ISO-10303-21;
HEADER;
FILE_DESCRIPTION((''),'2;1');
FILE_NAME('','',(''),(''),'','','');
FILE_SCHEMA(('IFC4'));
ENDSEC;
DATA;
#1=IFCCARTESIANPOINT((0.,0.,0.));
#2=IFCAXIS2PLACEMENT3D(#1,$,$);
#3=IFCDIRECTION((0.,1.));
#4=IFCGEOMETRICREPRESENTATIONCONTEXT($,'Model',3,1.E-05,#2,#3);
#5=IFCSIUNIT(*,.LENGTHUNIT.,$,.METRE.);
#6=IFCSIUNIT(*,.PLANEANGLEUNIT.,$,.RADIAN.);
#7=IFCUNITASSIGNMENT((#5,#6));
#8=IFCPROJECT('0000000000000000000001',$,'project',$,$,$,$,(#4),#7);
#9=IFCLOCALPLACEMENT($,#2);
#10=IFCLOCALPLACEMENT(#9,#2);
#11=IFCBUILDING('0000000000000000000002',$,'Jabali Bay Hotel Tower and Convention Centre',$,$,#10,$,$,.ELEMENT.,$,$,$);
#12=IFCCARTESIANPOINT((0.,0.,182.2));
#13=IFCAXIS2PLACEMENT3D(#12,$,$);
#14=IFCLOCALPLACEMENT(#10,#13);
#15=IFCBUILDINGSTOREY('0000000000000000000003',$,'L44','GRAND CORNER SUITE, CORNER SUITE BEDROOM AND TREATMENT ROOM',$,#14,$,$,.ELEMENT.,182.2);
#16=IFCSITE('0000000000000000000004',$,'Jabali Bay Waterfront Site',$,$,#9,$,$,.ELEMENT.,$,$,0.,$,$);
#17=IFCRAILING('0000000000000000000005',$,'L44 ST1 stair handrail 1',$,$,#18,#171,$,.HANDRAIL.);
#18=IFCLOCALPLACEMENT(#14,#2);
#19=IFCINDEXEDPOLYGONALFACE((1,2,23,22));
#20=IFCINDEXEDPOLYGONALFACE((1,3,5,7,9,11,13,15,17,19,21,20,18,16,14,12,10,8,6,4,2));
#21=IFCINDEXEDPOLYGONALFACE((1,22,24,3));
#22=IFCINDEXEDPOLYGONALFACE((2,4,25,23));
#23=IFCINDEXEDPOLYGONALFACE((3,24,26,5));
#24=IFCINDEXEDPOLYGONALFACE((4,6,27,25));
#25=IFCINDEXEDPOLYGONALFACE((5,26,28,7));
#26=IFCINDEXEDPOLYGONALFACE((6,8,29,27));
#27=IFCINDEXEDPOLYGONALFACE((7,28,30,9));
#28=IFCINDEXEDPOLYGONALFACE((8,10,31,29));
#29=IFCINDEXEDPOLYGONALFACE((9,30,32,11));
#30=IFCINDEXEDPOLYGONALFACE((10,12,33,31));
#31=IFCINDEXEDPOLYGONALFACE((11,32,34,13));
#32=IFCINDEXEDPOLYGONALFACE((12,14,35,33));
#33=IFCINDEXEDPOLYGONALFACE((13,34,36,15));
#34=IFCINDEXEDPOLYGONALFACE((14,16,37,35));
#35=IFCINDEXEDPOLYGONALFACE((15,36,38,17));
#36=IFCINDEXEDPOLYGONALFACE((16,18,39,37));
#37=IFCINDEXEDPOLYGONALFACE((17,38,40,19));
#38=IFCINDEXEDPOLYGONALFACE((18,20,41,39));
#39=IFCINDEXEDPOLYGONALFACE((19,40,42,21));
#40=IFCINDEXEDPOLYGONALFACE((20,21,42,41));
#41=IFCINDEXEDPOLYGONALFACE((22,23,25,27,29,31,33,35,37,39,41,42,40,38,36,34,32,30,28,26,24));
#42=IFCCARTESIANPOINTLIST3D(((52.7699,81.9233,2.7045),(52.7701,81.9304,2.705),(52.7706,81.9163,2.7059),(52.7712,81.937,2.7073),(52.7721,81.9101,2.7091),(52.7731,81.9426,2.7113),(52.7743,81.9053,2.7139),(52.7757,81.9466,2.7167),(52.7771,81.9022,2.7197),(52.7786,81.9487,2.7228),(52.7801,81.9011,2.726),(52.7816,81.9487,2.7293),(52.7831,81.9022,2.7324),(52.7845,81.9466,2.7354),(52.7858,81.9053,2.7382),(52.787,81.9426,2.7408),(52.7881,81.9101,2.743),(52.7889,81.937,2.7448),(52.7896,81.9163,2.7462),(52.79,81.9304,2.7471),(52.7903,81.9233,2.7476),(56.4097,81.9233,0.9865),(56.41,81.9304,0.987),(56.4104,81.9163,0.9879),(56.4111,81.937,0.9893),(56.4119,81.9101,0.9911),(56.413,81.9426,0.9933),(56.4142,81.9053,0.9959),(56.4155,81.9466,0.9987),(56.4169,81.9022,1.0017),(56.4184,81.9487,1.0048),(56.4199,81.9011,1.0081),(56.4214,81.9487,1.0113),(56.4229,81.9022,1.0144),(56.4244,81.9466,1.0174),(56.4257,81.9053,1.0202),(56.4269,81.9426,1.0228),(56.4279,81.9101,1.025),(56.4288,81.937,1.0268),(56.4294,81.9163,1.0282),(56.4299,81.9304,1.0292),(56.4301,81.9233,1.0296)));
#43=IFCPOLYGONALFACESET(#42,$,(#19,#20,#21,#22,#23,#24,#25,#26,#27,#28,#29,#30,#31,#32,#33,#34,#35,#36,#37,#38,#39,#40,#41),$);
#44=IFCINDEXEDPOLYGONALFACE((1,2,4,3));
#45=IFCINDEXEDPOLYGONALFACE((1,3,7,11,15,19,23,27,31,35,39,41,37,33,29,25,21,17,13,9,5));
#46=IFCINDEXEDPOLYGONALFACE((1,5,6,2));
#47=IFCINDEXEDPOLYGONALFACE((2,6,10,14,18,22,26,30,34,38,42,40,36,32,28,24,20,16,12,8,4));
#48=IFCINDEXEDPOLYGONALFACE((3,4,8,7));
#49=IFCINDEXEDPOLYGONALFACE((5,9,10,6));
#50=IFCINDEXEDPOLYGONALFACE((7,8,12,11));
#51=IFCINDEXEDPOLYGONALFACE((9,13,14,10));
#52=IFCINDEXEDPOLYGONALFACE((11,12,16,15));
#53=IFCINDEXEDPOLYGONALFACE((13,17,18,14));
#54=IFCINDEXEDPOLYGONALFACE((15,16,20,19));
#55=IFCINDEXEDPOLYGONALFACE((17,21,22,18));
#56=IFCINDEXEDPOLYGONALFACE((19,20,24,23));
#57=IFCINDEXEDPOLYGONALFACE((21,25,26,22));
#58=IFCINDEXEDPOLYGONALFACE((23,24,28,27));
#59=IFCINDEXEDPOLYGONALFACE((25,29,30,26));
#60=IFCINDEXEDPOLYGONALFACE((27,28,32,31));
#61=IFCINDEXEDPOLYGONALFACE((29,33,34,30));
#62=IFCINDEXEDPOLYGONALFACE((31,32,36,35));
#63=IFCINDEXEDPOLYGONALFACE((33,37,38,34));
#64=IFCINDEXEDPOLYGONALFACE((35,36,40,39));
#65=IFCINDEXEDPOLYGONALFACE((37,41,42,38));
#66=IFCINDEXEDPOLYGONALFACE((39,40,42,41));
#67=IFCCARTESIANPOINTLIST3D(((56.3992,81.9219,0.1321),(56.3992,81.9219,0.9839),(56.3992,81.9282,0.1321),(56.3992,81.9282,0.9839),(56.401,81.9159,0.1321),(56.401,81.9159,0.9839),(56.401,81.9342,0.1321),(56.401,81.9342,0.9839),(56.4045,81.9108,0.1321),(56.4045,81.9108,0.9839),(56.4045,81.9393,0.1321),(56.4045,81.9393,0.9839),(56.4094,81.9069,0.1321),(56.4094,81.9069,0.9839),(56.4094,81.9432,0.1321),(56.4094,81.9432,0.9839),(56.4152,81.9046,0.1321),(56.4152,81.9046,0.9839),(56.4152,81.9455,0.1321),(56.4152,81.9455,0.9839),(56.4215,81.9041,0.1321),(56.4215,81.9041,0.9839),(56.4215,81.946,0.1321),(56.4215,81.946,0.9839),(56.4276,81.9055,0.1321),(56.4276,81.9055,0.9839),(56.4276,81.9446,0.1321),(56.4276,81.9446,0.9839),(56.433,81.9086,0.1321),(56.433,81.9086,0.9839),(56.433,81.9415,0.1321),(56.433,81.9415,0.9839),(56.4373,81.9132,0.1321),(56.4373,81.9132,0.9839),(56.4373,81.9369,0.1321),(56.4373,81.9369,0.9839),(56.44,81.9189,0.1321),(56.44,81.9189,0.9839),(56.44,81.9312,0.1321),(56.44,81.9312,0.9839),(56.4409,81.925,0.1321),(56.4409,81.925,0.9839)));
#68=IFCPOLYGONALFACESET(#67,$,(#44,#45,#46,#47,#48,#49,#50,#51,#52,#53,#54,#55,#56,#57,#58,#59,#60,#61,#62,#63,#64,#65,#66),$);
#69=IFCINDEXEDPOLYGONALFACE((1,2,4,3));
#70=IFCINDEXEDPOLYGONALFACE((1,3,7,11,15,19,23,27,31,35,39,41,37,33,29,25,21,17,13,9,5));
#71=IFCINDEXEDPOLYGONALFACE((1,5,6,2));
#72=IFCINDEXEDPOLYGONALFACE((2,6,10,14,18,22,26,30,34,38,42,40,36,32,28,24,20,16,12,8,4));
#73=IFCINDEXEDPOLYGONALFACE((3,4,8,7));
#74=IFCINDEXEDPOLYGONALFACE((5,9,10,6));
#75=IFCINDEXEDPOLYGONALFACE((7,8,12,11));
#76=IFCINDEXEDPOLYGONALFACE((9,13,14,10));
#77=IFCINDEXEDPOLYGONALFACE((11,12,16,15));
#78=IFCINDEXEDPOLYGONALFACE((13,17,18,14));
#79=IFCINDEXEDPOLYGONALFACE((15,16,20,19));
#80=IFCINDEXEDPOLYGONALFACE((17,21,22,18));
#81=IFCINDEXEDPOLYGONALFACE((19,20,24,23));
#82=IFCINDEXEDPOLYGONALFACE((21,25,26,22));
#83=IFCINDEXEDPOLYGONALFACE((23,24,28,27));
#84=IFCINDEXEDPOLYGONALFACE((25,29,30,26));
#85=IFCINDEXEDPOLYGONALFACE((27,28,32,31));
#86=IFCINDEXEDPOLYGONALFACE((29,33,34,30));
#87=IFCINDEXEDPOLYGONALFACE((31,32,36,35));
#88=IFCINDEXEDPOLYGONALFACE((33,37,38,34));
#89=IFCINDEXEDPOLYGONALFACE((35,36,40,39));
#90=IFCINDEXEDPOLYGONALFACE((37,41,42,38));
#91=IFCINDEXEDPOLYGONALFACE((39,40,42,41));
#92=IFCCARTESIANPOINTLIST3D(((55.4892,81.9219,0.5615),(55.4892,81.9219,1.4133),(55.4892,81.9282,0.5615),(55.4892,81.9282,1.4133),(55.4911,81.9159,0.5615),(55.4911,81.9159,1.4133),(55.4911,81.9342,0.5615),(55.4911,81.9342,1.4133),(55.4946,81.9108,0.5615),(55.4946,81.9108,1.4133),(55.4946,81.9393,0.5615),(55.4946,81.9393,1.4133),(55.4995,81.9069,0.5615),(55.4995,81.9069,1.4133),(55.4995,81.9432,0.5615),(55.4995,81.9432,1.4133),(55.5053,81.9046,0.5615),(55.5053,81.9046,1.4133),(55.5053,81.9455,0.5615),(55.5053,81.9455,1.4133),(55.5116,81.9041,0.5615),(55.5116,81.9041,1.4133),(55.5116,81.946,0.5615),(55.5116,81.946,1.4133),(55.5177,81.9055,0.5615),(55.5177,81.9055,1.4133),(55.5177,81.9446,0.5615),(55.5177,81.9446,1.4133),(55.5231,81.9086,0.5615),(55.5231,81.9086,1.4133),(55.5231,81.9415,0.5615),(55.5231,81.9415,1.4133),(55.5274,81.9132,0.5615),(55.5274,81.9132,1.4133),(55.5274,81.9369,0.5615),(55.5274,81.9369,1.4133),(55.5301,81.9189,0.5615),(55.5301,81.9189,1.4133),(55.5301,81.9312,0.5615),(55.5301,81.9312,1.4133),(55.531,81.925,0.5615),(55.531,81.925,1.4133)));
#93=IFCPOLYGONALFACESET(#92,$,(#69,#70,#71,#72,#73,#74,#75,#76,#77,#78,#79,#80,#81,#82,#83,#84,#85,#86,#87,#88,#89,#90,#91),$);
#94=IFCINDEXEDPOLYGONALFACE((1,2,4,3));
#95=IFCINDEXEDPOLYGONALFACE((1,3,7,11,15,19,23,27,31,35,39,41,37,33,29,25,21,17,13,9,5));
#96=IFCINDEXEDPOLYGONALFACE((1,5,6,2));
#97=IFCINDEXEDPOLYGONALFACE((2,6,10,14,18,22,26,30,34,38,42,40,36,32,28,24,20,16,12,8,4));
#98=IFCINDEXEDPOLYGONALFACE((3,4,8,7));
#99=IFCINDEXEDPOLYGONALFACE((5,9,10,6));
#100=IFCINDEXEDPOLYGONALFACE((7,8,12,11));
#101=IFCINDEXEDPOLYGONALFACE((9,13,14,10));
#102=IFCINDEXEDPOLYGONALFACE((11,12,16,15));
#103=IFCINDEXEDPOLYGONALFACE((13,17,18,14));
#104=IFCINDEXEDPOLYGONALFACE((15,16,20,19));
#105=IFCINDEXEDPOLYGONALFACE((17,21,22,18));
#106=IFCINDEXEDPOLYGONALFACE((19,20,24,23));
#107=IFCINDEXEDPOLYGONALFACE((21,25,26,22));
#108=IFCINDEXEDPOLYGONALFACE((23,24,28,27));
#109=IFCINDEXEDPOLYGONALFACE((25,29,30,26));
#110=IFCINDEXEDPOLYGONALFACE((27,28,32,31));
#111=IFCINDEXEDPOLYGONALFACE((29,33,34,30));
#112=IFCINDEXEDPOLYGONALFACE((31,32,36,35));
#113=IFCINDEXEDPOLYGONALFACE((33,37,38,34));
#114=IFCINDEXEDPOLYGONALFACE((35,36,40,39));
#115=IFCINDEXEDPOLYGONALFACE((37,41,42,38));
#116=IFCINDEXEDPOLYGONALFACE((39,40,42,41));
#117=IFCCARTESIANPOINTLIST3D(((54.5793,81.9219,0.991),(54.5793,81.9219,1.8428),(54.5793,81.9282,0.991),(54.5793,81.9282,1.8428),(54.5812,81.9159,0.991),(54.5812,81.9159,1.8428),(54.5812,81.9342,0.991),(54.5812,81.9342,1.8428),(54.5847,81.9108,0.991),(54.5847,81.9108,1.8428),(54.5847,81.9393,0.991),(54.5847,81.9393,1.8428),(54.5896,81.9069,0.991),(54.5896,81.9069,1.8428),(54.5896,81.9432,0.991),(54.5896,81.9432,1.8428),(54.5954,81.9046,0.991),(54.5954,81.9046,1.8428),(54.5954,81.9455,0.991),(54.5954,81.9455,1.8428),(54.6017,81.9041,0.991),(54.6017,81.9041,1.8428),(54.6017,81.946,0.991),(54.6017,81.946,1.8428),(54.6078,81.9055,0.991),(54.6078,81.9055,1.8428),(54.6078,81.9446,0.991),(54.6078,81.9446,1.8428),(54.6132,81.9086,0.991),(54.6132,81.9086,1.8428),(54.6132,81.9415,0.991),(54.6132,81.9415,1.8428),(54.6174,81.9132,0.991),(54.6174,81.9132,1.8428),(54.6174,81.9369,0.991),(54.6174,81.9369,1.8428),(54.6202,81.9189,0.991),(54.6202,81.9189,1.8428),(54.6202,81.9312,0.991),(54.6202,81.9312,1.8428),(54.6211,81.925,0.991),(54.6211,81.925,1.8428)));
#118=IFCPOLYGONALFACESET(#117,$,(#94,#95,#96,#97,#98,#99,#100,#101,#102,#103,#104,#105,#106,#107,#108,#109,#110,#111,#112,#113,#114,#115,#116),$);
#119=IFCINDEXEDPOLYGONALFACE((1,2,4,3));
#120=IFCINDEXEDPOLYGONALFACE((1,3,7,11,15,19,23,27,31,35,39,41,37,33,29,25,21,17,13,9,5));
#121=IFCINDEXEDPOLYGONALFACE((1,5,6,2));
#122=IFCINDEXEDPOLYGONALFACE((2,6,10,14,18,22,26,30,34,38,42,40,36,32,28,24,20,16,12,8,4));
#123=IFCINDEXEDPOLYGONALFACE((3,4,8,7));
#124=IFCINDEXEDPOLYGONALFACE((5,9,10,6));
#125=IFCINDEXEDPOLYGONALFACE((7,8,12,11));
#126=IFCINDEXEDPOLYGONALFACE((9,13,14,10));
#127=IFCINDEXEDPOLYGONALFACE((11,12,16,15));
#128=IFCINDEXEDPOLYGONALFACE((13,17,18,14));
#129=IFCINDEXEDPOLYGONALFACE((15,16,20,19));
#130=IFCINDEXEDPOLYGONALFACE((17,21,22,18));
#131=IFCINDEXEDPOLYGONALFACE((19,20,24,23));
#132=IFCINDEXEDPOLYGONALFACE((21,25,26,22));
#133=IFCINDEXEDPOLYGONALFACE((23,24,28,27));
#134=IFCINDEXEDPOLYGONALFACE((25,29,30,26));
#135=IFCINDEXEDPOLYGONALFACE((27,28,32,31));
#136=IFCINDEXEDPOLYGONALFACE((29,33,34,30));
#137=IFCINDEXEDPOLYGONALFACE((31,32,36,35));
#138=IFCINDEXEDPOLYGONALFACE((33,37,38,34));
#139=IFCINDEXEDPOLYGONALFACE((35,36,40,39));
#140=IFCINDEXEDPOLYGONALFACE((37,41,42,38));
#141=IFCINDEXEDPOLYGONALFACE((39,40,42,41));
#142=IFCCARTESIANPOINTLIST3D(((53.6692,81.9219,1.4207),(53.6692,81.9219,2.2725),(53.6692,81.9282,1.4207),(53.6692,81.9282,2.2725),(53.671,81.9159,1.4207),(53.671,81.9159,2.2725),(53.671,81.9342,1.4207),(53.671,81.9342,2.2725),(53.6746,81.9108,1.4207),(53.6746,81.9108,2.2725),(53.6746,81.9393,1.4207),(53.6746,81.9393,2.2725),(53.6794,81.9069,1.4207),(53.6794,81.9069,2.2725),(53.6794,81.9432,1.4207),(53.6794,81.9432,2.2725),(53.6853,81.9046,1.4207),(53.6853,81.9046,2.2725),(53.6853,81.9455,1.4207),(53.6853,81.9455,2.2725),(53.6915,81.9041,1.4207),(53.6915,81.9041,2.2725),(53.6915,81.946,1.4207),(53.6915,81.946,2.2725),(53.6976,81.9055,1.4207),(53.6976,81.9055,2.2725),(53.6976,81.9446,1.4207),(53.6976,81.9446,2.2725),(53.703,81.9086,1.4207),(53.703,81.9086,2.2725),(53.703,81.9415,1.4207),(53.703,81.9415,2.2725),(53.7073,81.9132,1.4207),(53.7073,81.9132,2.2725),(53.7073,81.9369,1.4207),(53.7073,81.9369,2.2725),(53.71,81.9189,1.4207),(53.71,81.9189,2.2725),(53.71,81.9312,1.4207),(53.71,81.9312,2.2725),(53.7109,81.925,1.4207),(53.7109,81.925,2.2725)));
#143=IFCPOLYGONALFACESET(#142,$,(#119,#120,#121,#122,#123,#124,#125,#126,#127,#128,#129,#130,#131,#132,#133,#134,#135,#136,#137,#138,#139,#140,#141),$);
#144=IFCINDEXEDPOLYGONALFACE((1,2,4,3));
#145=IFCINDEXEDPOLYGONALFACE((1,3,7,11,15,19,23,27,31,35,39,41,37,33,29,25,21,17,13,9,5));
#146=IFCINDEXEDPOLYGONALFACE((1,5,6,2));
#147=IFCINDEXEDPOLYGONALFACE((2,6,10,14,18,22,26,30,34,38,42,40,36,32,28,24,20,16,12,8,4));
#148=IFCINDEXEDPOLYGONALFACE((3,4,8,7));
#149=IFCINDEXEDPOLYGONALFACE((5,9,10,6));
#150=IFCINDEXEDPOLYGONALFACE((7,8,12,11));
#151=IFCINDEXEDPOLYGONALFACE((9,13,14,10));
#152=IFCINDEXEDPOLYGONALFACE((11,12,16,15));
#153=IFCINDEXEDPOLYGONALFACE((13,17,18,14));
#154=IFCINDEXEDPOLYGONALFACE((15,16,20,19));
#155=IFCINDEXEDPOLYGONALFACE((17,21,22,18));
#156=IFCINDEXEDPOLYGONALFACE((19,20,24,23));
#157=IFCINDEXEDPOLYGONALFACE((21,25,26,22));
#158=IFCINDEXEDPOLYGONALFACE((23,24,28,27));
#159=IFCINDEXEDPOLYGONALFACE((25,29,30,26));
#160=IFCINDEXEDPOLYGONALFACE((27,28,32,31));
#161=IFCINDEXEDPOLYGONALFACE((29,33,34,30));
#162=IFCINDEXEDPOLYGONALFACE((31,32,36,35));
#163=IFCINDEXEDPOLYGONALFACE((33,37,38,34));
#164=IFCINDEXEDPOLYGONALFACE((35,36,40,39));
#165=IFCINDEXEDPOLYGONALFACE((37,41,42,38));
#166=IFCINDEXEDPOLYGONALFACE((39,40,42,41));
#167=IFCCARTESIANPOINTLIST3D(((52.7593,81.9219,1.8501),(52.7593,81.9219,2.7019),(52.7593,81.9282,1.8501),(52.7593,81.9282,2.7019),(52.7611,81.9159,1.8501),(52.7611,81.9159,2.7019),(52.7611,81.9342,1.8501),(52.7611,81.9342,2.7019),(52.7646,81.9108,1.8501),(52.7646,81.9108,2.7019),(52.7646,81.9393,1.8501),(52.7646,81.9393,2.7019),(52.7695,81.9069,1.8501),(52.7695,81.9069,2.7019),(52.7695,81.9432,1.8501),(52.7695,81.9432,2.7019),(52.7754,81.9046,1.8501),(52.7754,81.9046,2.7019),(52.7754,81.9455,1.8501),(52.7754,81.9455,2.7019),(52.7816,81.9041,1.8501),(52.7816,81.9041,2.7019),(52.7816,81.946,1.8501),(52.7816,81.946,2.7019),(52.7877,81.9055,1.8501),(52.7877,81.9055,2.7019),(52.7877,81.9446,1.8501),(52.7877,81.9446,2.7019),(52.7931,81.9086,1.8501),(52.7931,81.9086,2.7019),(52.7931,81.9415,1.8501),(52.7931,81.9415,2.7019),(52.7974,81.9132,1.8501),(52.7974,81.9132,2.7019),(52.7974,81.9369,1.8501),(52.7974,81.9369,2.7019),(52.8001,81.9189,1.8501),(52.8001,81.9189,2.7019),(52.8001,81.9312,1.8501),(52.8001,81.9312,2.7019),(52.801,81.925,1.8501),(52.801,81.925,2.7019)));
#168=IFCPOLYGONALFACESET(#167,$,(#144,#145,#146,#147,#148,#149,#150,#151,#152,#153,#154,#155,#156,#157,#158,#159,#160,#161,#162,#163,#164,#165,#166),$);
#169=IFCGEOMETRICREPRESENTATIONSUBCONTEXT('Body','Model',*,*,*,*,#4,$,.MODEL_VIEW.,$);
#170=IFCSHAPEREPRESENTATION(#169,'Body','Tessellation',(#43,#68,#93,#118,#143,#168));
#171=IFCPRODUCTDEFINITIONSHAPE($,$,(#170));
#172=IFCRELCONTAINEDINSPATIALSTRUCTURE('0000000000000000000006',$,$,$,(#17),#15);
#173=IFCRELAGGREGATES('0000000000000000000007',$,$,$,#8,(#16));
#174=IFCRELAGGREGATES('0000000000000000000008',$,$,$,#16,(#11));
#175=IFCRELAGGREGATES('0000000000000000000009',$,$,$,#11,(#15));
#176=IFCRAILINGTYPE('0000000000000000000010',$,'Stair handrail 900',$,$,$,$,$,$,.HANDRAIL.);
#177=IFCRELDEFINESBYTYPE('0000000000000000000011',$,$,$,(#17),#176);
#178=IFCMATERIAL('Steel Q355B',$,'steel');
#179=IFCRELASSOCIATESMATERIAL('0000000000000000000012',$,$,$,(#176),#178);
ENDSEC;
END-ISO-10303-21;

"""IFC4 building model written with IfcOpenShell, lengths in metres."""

from ifc_helpers import new_model, si_unit, direction, frame, origin, origin_2d, place, context, subcontext, project, spatial, circle, extrude, material, type_object, element, save


model = new_model("IFC4")

# Units and contexts
model_context = context("Model", 3, precision=1e-05, world=origin(), true_north=direction((0.0, 1.0)))
body_context = subcontext(model_context, "Body", "Model", "MODEL_VIEW")
ifc_project = project(units=[si_unit("LENGTHUNIT", "METRE"), si_unit("PLANEANGLEUNIT", "RADIAN")], contexts=[model_context])

# Site, building, storey
site_placement = place(None, origin())
site = spatial("IfcSite", under=ifc_project, at=site_placement, Name="Jabali Bay Waterfront Site", CompositionType="ELEMENT", RefElevation=0.0)
building_placement = place(site_placement, origin())
building = spatial("IfcBuilding", under=site, at=building_placement, Name="Jabali Bay Hotel Tower and Convention Centre", CompositionType="ELEMENT")
storey_placement = place(building_placement, frame((0.0, 0.0, 182.2)))
storey = spatial("IfcBuildingStorey", under=building, at=storey_placement, Name="L44", Description="GRAND CORNER SUITE, CORNER SUITE BEDROOM AND TREATMENT ROOM", CompositionType="ELEMENT", Elevation=182.2)

# Railing
ifc_material_1 = material(Name="Steel Q355B", Category="steel")
railing_type_1 = type_object("IfcRailingType", Name="Stair handrail 900", PredefinedType="HANDRAIL", material=ifc_material_1)
railing_1_placement = place(storey_placement, frame((56.4199, 81.925, 0.1321)))
element("IfcRailing", 1, at=railing_1_placement, inside=storey, type_object=railing_type_1, Name="L44 ST1 stair handrail 1", PredefinedType="HANDRAIL", context=body_context, shape_type="SweptSolid", body=[
    extrude(circle(Radius=0.0239, at=origin_2d()), frame((0.0, 0.0, 0.876), z_axis=(-0.904327, 0.0, 0.42684), x_axis=(0.0, -1.0, 0.0)), (0.0, 0.0, 1.0), 4.0249),
    extrude(circle(Radius=0.021, at=origin_2d()), origin(), (0.0, 0.0, 1.0), 0.8518),
    extrude(circle(Radius=0.021, at=origin_2d()), frame((-0.9099, 0.0, 0.4294)), (0.0, 0.0, 1.0), 0.8518),
    extrude(circle(Radius=0.021, at=origin_2d()), frame((-1.8198, 0.0, 0.8589)), (0.0, 0.0, 1.0), 0.8518),
    extrude(circle(Radius=0.021, at=origin_2d()), frame((-2.73, 0.0, 1.2886)), (0.0, 0.0, 1.0), 0.8518),
    extrude(circle(Radius=0.021, at=origin_2d()), frame((-3.6399, 0.0, 1.718)), (0.0, 0.0, 1.0), 0.8518),
])

save(model, "model.ifc")
